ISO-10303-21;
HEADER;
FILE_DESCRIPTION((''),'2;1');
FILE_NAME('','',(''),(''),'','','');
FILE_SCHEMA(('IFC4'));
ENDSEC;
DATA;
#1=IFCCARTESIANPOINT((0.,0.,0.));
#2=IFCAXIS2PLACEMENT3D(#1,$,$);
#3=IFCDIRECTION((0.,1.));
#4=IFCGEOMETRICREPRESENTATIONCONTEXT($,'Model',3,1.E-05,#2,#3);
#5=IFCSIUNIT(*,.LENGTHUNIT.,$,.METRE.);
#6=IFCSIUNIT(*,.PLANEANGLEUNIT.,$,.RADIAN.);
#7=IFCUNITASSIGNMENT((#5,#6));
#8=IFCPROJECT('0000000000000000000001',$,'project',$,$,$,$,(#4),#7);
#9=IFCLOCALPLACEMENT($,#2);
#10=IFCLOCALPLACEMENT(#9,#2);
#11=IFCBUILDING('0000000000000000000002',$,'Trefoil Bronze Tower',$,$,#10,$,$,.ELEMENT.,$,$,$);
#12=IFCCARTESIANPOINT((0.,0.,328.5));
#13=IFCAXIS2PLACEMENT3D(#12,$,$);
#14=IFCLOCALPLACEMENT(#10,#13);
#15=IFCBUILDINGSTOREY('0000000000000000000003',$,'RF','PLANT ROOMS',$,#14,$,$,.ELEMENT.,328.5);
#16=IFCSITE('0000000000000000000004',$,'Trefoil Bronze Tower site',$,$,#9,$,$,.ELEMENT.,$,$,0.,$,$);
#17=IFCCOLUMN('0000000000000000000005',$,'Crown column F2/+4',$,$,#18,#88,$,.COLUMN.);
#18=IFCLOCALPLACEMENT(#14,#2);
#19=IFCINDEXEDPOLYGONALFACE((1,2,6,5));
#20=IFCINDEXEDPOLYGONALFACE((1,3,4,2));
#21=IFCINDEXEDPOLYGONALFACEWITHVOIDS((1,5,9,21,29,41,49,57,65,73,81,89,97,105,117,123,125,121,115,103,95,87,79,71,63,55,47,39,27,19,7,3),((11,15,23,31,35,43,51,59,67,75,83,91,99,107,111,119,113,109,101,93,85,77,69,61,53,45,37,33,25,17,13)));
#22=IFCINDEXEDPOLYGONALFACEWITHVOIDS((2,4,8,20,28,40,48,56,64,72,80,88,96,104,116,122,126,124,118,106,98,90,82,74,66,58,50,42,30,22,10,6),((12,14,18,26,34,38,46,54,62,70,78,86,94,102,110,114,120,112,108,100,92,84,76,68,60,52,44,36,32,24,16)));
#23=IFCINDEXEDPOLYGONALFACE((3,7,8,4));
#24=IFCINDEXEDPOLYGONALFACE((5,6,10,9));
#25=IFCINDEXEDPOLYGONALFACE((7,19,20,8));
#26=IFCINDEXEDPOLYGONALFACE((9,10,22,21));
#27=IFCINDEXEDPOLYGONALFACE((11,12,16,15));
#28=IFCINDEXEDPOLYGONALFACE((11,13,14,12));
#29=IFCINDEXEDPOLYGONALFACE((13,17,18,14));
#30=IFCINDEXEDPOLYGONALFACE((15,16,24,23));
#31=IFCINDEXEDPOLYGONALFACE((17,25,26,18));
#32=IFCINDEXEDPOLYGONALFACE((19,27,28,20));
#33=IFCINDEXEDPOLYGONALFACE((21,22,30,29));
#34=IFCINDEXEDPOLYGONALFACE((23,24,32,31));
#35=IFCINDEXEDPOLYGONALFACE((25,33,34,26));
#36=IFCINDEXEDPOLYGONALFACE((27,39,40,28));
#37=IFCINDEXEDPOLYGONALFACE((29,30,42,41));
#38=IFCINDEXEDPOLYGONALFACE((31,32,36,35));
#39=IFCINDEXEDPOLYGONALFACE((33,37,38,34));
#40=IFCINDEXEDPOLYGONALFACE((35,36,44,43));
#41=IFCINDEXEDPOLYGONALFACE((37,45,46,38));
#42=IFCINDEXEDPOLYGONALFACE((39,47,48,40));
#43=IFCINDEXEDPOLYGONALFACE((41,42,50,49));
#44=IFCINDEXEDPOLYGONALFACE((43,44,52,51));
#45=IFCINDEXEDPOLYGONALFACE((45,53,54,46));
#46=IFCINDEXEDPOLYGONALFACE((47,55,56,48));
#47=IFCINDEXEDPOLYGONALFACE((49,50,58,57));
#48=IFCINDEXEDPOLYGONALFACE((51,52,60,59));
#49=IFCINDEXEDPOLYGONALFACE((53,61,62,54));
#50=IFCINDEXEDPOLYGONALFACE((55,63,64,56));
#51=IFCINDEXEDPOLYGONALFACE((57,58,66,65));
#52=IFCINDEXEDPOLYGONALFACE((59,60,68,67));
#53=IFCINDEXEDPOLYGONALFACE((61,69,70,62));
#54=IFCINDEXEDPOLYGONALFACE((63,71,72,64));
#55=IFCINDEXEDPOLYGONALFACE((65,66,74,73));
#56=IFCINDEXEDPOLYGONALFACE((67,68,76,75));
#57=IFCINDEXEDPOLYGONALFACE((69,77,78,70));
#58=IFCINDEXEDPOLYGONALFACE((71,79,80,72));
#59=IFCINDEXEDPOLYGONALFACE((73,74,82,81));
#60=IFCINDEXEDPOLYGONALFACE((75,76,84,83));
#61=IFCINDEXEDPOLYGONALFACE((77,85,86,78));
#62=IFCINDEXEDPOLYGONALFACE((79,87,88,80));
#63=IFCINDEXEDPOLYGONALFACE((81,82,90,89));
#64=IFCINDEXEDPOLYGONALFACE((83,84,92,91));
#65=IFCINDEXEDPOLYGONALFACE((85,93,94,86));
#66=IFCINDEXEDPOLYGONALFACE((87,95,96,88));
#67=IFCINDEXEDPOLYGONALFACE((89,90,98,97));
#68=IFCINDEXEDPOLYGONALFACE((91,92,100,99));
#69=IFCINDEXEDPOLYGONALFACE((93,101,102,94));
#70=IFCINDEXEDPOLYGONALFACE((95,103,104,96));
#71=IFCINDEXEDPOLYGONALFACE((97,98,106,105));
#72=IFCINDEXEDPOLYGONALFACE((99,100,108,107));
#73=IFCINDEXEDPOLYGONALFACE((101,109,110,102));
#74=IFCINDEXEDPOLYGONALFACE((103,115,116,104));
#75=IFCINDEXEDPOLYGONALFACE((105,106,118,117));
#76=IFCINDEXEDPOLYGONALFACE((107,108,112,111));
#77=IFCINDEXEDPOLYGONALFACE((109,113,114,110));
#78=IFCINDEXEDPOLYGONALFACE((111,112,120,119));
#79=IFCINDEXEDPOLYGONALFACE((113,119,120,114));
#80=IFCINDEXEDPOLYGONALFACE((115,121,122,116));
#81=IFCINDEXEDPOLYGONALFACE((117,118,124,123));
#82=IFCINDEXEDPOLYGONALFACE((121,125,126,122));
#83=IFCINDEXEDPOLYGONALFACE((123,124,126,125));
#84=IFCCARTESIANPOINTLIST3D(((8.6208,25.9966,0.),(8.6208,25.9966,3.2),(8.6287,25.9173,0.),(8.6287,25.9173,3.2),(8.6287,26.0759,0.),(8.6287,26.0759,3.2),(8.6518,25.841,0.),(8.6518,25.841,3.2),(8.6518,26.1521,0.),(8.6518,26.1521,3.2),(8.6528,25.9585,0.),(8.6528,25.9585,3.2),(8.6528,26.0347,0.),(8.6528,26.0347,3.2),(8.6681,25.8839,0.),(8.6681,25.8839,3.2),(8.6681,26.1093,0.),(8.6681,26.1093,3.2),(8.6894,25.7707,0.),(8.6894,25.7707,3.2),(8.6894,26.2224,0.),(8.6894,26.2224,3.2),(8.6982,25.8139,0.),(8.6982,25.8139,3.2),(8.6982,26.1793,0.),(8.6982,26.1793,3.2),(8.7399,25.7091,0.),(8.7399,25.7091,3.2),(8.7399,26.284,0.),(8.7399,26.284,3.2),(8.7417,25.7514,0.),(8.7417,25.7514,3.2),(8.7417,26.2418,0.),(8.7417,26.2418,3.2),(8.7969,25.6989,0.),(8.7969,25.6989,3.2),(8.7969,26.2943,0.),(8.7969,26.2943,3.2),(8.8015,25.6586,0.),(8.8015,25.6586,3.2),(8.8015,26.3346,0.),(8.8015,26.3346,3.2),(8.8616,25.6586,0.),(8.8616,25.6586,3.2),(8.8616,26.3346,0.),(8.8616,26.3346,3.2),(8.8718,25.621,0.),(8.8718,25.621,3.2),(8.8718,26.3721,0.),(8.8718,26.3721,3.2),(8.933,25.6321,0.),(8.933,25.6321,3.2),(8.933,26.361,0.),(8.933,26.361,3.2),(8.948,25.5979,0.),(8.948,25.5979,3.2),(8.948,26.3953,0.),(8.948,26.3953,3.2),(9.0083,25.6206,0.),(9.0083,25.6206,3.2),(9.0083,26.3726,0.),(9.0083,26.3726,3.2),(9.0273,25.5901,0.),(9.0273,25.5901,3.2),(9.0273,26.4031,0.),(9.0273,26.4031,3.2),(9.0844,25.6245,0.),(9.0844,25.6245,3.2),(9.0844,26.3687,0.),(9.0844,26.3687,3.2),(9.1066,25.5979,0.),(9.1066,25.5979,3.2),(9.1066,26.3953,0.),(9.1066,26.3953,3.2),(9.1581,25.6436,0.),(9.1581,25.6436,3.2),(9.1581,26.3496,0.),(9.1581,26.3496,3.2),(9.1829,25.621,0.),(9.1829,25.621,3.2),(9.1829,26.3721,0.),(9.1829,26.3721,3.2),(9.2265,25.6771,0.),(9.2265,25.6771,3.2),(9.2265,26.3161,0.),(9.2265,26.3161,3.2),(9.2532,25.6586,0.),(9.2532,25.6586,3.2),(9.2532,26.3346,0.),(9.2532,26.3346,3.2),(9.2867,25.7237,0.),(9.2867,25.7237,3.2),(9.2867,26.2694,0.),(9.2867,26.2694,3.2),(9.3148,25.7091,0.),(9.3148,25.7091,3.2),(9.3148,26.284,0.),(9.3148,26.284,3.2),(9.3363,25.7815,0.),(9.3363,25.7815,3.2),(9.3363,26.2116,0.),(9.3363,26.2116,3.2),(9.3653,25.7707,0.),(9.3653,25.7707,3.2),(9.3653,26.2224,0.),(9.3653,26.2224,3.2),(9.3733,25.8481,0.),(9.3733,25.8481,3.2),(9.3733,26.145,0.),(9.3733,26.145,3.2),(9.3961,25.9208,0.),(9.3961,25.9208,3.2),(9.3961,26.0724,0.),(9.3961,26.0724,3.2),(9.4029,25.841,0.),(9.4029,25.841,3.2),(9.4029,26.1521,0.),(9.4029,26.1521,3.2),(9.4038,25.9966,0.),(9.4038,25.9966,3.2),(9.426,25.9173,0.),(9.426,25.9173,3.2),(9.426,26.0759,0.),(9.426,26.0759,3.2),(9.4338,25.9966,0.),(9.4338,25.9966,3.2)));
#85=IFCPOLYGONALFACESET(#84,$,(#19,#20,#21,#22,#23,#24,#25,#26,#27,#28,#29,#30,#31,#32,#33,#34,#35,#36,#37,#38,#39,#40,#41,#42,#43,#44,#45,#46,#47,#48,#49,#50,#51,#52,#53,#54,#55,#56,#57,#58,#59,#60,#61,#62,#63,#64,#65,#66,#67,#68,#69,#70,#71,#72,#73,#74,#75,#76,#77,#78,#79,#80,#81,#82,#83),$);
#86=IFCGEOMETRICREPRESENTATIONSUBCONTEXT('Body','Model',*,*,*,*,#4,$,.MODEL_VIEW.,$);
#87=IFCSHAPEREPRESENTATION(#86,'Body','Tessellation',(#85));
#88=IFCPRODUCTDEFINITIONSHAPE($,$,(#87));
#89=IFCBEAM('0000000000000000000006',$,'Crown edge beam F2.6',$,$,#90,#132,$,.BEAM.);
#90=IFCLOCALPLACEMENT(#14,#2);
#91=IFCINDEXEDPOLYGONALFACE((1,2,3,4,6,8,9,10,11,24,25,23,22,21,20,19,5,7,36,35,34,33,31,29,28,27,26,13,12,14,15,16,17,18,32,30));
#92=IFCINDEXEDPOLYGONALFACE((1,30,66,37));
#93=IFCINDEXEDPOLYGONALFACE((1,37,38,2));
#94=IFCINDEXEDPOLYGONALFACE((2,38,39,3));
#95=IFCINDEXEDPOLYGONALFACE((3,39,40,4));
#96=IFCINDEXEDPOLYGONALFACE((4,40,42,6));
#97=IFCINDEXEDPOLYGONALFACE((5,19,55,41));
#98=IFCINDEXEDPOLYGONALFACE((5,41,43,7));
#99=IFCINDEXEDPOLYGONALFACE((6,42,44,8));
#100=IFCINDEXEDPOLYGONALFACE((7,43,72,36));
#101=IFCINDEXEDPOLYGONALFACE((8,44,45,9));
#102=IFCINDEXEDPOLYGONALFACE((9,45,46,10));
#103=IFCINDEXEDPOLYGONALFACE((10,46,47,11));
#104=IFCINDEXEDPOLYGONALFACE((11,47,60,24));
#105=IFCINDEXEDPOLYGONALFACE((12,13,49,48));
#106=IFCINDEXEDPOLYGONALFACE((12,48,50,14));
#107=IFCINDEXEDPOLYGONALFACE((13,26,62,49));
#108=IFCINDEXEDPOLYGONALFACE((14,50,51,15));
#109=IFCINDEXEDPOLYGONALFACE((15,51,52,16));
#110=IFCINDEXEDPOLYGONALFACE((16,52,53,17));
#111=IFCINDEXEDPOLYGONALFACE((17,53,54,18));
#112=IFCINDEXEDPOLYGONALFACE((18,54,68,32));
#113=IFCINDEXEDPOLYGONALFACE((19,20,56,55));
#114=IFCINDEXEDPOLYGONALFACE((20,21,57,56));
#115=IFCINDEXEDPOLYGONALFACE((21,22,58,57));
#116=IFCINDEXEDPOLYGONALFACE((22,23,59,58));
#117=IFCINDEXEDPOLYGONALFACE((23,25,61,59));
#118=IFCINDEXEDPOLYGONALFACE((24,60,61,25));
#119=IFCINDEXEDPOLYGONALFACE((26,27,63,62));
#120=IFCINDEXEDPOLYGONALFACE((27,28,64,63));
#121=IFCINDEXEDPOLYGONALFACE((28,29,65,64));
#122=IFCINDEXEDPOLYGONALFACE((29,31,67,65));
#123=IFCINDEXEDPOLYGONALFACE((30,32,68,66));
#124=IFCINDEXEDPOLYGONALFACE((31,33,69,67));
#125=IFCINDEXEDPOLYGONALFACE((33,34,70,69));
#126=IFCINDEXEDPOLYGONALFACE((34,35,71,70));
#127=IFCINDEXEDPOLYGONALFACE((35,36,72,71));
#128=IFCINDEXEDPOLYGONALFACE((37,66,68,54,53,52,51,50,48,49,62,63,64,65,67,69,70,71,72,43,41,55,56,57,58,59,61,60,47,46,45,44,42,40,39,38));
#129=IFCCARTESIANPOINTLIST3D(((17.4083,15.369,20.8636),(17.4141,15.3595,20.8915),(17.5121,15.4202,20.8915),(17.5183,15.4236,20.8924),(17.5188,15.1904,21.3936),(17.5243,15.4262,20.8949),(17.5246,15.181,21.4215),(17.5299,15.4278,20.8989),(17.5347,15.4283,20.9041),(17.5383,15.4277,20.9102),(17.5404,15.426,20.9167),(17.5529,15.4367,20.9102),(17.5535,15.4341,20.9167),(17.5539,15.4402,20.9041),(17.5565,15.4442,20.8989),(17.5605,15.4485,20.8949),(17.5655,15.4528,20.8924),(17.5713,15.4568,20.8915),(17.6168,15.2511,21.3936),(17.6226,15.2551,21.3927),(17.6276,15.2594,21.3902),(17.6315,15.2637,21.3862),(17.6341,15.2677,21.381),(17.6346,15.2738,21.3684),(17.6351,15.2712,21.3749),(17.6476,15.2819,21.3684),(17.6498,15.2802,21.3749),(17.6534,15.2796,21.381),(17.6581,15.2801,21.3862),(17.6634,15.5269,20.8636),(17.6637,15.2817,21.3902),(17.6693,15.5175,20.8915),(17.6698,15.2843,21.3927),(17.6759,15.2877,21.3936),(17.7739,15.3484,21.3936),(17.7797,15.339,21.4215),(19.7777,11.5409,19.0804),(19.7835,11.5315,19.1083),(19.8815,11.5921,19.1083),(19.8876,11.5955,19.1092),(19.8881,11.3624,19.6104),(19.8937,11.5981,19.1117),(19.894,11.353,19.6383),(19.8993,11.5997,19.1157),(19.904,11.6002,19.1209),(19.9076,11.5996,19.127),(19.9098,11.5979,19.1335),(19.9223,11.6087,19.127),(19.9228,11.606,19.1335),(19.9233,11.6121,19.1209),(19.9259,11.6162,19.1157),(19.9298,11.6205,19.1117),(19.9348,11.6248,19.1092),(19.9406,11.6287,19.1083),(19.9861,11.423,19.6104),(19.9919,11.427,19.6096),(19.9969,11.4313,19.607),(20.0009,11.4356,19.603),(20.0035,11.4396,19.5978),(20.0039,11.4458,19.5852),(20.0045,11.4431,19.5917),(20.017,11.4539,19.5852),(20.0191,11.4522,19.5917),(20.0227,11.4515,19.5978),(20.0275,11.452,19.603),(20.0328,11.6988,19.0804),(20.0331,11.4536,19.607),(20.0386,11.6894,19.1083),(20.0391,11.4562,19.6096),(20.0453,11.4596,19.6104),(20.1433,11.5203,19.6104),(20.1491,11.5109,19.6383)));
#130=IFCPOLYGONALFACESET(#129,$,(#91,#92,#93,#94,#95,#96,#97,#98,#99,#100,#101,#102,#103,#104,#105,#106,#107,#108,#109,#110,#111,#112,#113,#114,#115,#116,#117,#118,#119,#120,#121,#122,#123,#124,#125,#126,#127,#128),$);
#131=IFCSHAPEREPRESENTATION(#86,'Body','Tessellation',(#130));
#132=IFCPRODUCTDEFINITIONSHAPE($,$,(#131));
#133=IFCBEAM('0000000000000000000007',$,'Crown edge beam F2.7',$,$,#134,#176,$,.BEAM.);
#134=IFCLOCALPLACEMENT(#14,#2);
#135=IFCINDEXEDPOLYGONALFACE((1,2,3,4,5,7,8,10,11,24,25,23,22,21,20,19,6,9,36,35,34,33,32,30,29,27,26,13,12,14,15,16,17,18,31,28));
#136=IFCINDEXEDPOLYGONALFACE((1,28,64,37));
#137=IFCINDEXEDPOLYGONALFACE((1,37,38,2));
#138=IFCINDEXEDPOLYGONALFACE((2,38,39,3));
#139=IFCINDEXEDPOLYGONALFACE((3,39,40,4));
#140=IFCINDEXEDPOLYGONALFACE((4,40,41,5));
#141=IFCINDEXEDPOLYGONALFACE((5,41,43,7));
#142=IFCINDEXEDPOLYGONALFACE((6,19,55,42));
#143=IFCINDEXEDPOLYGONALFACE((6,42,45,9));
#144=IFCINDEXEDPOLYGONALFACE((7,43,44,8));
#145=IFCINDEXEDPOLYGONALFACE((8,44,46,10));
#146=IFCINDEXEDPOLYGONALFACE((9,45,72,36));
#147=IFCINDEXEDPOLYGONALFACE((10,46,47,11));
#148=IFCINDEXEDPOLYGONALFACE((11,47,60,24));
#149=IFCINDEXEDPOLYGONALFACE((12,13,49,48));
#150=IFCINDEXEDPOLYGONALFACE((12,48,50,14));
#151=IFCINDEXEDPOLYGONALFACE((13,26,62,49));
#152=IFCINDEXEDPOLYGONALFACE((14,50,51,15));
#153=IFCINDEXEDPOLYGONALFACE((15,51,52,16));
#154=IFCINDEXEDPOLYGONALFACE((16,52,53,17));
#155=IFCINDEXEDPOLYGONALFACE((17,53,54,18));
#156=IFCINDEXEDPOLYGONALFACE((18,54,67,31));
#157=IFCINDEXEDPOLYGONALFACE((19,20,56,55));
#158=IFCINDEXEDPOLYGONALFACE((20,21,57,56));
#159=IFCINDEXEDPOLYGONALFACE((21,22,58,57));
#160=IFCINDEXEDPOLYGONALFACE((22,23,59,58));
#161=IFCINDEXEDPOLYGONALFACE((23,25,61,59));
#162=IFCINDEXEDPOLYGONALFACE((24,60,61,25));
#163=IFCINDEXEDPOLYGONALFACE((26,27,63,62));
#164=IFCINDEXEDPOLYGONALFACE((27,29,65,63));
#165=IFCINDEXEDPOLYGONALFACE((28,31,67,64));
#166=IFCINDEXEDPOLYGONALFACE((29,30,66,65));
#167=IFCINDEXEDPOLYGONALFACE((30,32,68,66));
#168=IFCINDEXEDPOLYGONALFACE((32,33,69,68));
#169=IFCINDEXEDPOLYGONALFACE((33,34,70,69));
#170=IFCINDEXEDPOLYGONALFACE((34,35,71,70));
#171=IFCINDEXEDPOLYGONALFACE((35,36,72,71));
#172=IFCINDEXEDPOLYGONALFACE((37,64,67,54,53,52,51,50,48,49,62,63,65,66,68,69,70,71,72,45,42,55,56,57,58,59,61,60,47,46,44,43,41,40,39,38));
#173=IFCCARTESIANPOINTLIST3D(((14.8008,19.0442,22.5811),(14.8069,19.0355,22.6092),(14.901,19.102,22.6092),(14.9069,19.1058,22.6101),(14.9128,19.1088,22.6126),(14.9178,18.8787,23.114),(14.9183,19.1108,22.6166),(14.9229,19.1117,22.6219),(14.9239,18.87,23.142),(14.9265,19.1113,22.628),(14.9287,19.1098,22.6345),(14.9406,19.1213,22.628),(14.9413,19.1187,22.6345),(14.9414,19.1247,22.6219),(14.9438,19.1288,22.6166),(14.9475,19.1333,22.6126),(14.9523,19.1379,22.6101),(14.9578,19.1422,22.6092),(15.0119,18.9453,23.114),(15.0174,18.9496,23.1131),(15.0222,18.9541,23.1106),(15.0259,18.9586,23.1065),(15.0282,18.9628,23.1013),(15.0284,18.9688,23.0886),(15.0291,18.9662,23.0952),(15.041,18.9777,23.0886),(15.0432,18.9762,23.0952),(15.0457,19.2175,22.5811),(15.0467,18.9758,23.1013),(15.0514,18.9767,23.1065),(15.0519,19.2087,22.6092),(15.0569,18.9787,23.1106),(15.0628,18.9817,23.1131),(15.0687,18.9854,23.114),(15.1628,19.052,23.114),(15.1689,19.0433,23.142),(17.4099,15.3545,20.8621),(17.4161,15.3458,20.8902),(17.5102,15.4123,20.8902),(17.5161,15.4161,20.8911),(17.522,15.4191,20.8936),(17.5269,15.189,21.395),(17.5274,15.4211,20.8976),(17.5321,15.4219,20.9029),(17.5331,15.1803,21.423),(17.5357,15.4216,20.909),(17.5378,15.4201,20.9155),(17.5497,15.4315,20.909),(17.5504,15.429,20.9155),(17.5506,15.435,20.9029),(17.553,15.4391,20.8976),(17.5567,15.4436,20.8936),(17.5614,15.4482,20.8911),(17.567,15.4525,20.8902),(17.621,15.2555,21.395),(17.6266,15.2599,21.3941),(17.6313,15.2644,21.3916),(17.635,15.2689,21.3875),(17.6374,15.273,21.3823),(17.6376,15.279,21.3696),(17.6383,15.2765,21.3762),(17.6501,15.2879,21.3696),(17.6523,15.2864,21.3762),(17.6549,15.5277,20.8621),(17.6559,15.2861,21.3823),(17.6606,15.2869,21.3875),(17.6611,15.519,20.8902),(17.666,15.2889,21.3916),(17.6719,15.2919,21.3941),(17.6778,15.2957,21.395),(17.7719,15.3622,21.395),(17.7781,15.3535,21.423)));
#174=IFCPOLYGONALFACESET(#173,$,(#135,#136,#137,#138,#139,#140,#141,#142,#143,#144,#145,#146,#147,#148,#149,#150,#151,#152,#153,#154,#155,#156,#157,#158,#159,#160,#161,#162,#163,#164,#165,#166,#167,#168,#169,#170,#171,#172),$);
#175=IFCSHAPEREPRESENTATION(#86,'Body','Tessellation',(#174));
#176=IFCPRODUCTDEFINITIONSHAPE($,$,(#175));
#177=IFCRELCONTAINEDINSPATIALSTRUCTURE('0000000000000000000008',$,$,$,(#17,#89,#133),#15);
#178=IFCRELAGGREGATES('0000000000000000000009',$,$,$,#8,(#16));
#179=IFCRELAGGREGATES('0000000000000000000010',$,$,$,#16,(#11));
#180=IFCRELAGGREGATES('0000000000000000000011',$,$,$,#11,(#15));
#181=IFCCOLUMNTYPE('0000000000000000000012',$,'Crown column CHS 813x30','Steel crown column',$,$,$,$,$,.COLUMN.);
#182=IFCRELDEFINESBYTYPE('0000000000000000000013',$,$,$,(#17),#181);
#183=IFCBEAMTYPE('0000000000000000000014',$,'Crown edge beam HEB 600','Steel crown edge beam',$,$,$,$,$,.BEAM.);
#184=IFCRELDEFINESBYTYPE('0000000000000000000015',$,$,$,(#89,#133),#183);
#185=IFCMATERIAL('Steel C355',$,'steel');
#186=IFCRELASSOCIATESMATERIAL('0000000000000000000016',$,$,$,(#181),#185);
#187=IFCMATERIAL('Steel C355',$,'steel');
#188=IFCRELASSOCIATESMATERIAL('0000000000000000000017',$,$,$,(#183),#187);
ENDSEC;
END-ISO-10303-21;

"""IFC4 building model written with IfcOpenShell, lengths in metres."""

from ifc_helpers import new_model, si_unit, direction, frame, origin, origin_2d, place, context, subcontext, project, spatial, hollow_circle, i_section, extrude, material, material_profile, profile_set, type_object, element, save


model = new_model("IFC4")

# Units and contexts
model_context = context("Model", 3, precision=1e-05, world=origin(), true_north=direction((0.0, 1.0)))
body_context = subcontext(model_context, "Body", "Model", "MODEL_VIEW")
ifc_project = project(units=[si_unit("LENGTHUNIT", "METRE"), si_unit("PLANEANGLEUNIT", "RADIAN")], contexts=[model_context])

# Site, building, storey
site_placement = place(None, origin())
site = spatial("IfcSite", under=ifc_project, at=site_placement, Name="Trefoil Bronze Tower site", CompositionType="ELEMENT", RefElevation=0.0)
building_placement = place(site_placement, origin())
building = spatial("IfcBuilding", under=site, at=building_placement, Name="Trefoil Bronze Tower", CompositionType="ELEMENT")
storey_placement = place(building_placement, frame((0.0, 0.0, 328.5)))
storey = spatial("IfcBuildingStorey", under=building, at=storey_placement, Name="RF", Description="PLANT ROOMS", CompositionType="ELEMENT", Elevation=328.5)

# Column
ifc_material_1 = material(Name="Steel C355", Category="steel")
ifc_material_profile_1 = material_profile(ifc_material_1, hollow_circle(Radius=0.4065, WallThickness=0.03, at=origin_2d()), Name="CHS 813x30")
ifc_profile_set_1 = profile_set([ifc_material_profile_1], Name="Steel C355")
column_type = type_object("IfcColumnType", Name="Crown column CHS 813x30", Description="Steel crown column", PredefinedType="COLUMN", material=ifc_profile_set_1)
column_placement = place(storey_placement, frame((9.0273, 25.9966, 0.0), z_axis=(0.0, 0.0, 1.0), x_axis=(1.0, 0.0, 0.0)))
element("IfcColumn", 1, at=column_placement, inside=storey, type_object=column_type, Name="Crown column F2/+4", PredefinedType="COLUMN", context=body_context, shape_type="SweptSolid", body=[
    extrude(hollow_circle(Radius=0.4065, WallThickness=0.03, at=origin_2d()), origin(), (0.0, 0.0, 1.0), 3.2),
])

# Beams
ifc_material_2 = material(Name="Steel C355", Category="steel")
ifc_material_profile_2 = material_profile(ifc_material_2, i_section(OverallWidth=0.3, OverallDepth=0.6001, WebThickness=0.0154, FlangeThickness=0.03, FilletRadius=0.0271, at=origin_2d()), Name="HEB 600")
ifc_profile_set_2 = profile_set([ifc_material_profile_2], Name="Steel C355")
beam_type_1 = type_object("IfcBeamType", Name="Crown edge beam HEB 600", Description="Steel crown edge beam", PredefinedType="BEAM", material=ifc_profile_set_2)
beam_1_placement = place(storey_placement, frame((19.9634, 11.5259, 19.3594), z_axis=(-0.489305, 0.790551, 0.368252), x_axis=(-0.850306, -0.526289, 0.0)))
element("IfcBeam", 2, at=beam_1_placement, inside=storey, type_object=beam_type_1, Name="Crown edge beam F2.6", PredefinedType="BEAM", context=body_context, shape_type="SweptSolid", body=[
    extrude(i_section(OverallWidth=0.3, OverallDepth=0.6001, WebThickness=0.0154, FlangeThickness=0.03, FilletRadius=0.0271, at=origin_2d()), origin(), (0.0, 0.0, 1.0), 4.8423),
])
beam_2_placement = place(storey_placement, frame((17.594, 15.354, 21.1426), z_axis=(-0.539644, 0.763136, 0.355538), x_axis=(-0.816484, -0.577368, 0.0)))
element("IfcBeam", 3, at=beam_2_placement, inside=storey, type_object=beam_type_1, Name="Crown edge beam F2.7", PredefinedType="BEAM", context=body_context, shape_type="SweptSolid", body=[
    extrude(i_section(OverallWidth=0.3, OverallDepth=0.6001, WebThickness=0.0154, FlangeThickness=0.03, FilletRadius=0.0271, at=origin_2d()), origin(), (0.0, 0.0, 1.0), 4.835),
])

save(model, "model.ifc")
